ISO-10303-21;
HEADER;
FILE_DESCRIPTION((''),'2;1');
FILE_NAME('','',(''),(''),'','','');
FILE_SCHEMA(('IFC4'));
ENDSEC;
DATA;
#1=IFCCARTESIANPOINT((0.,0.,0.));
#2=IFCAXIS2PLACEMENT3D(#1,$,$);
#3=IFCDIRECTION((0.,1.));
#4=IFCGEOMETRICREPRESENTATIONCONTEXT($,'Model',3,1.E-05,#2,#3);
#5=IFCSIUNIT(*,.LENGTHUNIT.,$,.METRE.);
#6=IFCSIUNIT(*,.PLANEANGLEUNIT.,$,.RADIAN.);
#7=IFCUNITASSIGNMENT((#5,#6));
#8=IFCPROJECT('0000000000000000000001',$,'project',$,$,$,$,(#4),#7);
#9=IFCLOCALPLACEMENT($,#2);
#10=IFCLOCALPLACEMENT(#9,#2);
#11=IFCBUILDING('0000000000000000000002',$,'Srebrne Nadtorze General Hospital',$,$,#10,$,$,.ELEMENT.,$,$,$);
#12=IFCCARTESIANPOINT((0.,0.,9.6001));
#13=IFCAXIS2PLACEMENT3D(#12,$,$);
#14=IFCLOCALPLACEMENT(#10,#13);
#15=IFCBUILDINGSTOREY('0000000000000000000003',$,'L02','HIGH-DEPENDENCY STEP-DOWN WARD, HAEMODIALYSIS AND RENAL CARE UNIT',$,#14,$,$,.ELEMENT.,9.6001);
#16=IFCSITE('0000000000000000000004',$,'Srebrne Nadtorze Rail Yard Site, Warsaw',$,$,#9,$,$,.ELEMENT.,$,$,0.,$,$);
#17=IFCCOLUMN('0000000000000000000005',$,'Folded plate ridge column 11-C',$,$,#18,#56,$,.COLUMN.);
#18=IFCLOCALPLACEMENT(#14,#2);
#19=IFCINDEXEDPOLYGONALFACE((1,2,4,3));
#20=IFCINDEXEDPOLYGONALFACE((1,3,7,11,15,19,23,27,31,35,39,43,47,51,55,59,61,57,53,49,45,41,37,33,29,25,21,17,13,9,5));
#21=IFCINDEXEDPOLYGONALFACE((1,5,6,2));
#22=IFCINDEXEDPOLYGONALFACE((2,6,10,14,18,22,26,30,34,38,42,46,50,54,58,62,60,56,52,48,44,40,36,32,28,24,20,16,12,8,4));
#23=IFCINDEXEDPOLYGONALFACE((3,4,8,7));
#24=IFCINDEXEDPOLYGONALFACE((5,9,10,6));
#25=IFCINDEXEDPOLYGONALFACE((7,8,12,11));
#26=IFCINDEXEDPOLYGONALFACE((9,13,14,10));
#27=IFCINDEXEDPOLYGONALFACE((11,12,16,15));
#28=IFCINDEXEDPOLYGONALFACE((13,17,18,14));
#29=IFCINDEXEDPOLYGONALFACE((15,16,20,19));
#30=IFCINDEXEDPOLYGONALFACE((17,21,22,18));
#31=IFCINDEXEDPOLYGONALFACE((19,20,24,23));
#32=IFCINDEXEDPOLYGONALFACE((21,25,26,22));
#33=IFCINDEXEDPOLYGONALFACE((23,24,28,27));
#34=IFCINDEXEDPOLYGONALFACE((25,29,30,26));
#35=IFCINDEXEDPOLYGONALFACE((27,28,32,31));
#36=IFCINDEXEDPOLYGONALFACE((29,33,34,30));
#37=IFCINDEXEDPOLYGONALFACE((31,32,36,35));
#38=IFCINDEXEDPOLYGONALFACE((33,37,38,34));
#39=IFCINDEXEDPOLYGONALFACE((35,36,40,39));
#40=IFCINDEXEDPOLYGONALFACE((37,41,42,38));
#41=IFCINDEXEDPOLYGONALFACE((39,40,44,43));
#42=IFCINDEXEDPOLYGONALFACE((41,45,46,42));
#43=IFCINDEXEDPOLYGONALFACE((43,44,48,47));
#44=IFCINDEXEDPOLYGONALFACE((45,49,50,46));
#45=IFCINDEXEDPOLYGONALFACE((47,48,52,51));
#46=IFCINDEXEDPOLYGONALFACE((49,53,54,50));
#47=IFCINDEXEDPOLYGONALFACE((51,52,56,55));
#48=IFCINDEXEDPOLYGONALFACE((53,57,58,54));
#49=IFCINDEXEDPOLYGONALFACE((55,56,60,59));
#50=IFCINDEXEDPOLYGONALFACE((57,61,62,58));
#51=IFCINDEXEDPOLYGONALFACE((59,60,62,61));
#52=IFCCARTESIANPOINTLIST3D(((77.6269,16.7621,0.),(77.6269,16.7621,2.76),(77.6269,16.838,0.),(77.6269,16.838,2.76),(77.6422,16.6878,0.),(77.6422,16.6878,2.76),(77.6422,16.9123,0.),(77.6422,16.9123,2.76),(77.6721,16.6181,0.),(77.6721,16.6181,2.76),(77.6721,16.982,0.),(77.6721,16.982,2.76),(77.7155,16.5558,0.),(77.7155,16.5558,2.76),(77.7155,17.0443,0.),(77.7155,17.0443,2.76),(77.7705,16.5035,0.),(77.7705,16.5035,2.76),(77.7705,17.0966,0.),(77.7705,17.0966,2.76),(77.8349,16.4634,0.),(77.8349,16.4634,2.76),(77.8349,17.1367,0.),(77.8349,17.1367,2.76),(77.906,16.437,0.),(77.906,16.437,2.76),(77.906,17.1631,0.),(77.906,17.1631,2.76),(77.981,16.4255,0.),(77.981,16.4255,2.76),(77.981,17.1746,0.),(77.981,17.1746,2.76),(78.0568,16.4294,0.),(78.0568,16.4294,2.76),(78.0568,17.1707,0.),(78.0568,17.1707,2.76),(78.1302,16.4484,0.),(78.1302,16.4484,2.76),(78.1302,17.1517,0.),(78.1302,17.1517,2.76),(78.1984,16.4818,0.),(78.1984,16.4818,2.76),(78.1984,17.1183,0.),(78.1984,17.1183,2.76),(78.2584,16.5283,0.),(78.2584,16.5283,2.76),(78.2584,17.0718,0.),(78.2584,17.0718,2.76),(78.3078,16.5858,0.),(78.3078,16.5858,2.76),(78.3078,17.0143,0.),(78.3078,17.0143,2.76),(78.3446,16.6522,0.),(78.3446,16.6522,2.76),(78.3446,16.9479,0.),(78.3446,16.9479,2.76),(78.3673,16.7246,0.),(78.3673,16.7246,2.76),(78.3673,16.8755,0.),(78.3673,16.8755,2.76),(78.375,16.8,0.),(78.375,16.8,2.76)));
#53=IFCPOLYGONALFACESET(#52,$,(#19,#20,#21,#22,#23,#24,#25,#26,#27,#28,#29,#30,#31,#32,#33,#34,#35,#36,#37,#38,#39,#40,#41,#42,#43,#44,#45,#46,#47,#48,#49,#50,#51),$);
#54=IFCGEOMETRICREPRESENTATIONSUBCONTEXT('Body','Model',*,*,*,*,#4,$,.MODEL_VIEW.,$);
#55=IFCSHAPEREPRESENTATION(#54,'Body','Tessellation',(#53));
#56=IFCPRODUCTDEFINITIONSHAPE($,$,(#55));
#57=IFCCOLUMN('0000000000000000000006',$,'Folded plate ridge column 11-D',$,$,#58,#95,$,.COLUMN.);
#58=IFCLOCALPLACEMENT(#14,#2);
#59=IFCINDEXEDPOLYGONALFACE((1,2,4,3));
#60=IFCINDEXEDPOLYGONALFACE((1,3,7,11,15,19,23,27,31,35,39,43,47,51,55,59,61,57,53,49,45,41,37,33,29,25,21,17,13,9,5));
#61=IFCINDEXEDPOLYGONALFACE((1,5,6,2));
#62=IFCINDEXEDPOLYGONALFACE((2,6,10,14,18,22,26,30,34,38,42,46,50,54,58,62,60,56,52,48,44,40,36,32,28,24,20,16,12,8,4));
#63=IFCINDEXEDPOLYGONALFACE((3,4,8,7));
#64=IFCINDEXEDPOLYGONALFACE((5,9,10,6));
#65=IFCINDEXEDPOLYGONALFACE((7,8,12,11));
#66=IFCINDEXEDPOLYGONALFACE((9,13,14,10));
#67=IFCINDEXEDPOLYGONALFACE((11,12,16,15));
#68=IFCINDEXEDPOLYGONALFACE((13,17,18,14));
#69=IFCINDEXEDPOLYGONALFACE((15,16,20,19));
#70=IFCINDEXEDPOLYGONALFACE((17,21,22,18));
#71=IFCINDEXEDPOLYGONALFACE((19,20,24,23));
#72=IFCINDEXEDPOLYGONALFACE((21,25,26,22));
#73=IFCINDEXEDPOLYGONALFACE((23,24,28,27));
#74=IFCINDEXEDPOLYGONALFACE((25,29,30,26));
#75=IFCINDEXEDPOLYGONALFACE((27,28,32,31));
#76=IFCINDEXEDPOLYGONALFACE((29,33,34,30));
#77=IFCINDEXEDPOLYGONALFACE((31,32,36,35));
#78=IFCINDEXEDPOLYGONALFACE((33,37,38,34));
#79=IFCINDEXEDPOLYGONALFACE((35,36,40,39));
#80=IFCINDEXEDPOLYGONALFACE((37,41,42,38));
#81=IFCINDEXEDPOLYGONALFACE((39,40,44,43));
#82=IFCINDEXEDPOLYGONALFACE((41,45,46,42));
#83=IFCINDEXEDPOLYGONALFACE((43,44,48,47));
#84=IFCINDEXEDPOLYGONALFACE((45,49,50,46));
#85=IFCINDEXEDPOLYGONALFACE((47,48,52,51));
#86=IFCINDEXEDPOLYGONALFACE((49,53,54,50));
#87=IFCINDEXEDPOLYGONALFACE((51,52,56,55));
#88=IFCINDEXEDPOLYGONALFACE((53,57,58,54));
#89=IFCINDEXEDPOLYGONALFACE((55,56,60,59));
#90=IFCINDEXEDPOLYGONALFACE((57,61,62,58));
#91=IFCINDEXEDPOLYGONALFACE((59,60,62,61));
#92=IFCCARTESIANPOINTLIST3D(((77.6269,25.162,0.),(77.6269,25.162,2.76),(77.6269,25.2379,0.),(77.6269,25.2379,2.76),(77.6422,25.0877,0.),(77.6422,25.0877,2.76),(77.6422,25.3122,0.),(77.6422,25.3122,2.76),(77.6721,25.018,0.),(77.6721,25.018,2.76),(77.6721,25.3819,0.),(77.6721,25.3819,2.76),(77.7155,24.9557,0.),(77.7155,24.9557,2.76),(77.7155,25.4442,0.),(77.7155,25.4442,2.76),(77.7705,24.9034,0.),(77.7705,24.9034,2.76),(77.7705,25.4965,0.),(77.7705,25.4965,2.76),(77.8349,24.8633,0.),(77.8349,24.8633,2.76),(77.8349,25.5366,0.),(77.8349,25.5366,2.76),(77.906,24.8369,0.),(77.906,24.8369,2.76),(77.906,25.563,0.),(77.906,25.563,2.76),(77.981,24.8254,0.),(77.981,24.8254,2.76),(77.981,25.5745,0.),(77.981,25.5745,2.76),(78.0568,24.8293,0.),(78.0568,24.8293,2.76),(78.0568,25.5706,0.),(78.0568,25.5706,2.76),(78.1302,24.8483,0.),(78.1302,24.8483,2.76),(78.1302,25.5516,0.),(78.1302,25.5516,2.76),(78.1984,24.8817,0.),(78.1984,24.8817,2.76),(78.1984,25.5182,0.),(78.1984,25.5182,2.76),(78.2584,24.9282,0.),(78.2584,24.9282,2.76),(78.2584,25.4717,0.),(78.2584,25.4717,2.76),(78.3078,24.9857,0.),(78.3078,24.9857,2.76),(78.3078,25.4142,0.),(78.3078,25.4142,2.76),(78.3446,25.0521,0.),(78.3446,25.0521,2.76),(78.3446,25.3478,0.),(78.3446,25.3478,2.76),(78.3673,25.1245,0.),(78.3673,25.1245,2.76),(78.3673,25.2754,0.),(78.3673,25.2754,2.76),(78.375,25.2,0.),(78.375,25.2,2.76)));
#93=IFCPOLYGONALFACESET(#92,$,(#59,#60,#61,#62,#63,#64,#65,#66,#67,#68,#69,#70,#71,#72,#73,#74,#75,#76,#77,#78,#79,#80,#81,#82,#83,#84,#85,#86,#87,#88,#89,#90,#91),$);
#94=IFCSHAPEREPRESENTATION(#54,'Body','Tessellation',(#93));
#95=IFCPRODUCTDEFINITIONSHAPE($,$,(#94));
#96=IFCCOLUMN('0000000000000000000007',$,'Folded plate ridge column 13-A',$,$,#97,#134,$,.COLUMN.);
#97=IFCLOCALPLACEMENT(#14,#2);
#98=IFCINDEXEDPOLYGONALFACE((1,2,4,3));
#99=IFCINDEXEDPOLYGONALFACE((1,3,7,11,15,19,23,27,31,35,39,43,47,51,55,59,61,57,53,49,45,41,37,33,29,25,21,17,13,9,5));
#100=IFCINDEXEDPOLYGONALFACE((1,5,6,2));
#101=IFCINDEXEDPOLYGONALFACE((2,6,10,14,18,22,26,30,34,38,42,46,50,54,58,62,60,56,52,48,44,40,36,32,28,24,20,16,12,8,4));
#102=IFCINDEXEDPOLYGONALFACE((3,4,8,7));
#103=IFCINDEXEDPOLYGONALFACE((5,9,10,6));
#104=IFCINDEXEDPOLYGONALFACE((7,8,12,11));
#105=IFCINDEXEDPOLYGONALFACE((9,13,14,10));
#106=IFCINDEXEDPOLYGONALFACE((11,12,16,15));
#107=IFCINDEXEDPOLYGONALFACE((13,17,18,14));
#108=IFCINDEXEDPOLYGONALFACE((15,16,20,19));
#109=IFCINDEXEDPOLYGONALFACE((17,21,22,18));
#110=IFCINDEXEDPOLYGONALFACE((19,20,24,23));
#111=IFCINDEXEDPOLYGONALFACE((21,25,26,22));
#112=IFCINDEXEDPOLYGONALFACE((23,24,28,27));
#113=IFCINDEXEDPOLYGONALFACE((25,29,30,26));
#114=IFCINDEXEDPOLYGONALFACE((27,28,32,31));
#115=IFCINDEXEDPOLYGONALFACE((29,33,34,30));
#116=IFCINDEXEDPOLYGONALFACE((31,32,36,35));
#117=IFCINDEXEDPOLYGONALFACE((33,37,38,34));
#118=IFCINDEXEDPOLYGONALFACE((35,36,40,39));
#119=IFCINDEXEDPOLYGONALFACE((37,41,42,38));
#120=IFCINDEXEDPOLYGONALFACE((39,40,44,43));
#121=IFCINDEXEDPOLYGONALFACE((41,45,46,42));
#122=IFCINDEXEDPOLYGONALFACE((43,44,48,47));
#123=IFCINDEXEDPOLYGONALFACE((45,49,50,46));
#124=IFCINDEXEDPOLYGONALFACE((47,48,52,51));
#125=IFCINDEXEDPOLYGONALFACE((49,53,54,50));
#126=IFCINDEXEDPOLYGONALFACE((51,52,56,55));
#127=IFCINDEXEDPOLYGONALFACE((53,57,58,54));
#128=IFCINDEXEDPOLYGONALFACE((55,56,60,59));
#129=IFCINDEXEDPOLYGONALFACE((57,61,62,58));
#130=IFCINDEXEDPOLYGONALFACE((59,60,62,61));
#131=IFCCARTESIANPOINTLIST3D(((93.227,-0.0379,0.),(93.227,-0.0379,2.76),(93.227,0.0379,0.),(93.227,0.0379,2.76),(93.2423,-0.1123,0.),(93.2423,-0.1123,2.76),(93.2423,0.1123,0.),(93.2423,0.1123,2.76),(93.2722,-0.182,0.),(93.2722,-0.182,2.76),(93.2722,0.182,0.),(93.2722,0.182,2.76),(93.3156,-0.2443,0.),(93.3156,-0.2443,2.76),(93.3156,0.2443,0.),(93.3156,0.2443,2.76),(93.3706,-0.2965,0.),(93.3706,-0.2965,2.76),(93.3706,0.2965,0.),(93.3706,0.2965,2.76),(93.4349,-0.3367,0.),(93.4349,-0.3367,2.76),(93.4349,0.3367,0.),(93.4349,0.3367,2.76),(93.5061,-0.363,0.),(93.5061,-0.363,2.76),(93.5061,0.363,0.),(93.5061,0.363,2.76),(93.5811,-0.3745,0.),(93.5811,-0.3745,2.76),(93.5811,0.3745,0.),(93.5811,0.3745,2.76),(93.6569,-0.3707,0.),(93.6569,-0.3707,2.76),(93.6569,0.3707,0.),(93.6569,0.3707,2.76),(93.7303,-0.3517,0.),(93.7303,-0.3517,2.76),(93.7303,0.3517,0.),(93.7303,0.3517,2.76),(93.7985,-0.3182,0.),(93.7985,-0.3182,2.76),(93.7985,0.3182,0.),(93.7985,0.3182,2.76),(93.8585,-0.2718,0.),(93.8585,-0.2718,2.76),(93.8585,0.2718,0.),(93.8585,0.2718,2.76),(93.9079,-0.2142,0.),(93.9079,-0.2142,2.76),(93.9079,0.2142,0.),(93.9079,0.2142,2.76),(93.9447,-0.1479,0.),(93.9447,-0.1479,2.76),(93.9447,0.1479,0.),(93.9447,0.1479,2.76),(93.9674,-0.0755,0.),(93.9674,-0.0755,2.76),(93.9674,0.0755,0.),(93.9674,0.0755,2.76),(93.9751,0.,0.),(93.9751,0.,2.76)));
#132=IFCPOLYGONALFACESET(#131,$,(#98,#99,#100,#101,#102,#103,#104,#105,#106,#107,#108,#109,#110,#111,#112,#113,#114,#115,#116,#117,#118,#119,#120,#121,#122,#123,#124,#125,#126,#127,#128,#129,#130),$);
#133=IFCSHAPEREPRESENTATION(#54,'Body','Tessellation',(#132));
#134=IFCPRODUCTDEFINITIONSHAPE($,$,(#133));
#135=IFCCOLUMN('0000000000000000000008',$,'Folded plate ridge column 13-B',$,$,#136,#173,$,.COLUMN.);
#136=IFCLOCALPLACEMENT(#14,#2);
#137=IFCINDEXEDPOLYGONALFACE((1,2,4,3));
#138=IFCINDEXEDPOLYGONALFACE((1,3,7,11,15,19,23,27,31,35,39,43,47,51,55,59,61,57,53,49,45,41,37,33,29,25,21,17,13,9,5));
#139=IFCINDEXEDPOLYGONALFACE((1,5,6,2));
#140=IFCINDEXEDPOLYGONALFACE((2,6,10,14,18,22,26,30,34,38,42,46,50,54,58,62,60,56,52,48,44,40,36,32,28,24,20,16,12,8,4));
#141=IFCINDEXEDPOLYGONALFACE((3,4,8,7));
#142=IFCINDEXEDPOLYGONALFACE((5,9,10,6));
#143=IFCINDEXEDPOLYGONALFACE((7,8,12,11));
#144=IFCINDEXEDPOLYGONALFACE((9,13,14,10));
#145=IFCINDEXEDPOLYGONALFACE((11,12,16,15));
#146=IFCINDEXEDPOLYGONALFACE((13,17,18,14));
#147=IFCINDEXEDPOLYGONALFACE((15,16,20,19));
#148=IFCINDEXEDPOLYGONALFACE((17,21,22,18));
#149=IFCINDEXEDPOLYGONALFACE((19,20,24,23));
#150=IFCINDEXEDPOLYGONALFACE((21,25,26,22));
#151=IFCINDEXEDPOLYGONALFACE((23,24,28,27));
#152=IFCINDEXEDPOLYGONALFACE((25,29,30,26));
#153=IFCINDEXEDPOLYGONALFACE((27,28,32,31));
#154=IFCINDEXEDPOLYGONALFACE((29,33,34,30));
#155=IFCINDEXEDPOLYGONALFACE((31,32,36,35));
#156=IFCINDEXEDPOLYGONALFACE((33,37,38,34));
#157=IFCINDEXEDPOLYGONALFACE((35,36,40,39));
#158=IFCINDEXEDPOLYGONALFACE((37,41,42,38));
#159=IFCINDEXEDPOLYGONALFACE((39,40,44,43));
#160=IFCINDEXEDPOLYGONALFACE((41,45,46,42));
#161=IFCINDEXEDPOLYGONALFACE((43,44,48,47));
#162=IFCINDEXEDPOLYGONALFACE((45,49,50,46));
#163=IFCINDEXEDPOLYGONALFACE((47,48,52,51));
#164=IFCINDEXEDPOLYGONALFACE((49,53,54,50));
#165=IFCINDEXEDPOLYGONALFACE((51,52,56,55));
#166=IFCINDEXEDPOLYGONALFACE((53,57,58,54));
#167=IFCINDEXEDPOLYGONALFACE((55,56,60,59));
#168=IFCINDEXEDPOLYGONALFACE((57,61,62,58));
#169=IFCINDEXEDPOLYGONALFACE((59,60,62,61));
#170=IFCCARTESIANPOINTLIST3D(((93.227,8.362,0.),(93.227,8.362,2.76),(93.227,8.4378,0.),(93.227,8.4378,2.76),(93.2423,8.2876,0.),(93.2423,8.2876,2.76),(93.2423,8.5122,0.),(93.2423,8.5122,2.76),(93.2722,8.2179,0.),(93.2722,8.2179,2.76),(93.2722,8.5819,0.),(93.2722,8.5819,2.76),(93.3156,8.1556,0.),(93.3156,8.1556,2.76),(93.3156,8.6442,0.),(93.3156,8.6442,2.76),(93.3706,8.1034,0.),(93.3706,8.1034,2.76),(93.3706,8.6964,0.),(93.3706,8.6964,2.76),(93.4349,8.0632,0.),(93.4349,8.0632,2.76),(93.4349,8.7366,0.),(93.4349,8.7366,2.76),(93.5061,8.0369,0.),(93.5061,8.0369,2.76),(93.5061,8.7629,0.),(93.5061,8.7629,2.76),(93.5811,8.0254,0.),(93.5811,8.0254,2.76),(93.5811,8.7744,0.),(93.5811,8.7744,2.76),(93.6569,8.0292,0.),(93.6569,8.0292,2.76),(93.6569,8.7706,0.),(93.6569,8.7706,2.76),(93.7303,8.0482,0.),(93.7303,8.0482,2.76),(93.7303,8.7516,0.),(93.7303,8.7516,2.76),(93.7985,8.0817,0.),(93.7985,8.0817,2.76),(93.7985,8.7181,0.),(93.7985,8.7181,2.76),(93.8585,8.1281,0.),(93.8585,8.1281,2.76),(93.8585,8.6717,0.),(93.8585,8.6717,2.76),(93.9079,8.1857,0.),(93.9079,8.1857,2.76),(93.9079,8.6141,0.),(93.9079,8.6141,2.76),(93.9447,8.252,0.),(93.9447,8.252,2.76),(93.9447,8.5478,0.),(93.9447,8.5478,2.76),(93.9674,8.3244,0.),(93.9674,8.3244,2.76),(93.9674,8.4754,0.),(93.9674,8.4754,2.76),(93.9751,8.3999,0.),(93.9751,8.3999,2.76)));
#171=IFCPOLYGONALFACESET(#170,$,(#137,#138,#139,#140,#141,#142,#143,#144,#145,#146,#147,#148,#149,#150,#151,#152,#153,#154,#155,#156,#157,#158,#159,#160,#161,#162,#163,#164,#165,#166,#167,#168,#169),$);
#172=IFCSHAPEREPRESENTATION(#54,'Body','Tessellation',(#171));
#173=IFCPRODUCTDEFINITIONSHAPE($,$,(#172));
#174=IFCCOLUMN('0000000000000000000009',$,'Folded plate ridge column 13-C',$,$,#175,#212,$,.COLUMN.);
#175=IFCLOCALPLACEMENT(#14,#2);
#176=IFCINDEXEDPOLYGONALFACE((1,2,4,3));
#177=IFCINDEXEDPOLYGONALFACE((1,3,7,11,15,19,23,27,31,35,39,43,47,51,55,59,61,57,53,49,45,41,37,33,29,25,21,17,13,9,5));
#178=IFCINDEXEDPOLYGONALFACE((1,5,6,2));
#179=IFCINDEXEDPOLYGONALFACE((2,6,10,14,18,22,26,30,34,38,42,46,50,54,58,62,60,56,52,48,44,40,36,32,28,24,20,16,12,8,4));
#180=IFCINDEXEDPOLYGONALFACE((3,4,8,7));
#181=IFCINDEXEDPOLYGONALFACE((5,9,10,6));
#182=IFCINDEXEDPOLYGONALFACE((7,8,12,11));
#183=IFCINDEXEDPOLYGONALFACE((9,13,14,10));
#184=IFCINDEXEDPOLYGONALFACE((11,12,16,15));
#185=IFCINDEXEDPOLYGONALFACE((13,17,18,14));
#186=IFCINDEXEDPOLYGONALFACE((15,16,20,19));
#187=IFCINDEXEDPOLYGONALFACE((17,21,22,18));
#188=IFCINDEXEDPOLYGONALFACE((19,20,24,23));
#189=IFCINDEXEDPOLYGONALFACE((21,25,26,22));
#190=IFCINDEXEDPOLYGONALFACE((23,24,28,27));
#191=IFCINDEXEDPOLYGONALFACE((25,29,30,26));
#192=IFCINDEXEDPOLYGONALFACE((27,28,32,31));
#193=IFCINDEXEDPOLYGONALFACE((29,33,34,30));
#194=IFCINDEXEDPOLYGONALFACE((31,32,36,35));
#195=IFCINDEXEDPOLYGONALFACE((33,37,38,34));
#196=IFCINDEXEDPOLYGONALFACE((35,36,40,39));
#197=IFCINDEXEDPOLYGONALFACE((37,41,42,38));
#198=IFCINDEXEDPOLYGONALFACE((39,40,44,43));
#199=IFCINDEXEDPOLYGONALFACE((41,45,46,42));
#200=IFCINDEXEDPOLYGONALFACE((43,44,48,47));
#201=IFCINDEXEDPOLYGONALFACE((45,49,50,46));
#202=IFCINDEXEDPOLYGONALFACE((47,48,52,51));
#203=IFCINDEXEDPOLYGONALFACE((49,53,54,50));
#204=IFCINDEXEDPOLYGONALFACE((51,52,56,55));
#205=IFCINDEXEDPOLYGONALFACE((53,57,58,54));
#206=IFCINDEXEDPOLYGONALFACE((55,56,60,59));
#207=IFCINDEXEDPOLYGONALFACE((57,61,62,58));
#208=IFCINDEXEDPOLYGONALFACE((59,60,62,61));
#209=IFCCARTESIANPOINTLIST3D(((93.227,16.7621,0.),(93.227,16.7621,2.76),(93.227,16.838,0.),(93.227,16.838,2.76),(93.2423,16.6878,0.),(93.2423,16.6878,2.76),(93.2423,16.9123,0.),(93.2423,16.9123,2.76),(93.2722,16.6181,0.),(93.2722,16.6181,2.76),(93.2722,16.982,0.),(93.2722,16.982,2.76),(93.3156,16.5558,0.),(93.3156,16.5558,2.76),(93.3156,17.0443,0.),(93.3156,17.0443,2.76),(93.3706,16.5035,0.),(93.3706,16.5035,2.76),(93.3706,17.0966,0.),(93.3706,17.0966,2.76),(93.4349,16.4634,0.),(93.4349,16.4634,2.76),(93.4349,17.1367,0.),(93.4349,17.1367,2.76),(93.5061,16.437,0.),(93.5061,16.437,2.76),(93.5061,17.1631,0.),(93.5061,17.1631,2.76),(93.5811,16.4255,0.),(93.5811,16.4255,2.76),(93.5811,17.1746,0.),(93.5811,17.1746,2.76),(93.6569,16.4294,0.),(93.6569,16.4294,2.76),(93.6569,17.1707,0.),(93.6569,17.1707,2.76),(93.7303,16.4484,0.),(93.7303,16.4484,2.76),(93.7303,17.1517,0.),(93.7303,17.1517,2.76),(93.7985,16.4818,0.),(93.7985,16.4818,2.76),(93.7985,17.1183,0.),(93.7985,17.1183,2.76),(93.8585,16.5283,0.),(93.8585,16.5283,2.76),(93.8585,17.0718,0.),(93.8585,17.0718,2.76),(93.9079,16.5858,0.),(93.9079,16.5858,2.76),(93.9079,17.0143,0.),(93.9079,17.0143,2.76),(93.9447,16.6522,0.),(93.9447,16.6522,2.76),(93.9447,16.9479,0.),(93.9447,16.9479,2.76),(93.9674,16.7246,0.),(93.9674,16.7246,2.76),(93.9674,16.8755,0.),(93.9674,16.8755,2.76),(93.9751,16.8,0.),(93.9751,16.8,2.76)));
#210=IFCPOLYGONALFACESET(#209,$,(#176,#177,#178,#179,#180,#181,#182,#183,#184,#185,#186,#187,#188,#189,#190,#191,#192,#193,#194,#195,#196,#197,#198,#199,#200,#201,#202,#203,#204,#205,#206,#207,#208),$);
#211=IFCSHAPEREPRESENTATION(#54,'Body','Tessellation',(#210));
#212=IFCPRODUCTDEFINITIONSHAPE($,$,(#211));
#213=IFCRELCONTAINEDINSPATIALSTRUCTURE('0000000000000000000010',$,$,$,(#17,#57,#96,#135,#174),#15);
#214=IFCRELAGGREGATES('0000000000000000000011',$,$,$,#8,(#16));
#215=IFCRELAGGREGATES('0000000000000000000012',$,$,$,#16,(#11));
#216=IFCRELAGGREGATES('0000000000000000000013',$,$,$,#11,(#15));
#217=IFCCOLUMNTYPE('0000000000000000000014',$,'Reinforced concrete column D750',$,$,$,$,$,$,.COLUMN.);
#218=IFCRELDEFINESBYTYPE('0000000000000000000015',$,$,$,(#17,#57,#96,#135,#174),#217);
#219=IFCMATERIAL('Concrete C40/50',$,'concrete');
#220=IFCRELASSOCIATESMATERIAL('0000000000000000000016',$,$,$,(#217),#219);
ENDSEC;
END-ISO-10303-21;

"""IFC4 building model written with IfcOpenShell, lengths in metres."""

from ifc_helpers import new_model, si_unit, direction, frame, origin, origin_2d, place, context, subcontext, project, spatial, circle, extrude, material, material_profile, profile_set, type_object, element, save


model = new_model("IFC4")

# Units and contexts
model_context = context("Model", 3, precision=1e-05, world=origin(), true_north=direction((0.0, 1.0)))
body_context = subcontext(model_context, "Body", "Model", "MODEL_VIEW")
ifc_project = project(units=[si_unit("LENGTHUNIT", "METRE"), si_unit("PLANEANGLEUNIT", "RADIAN")], contexts=[model_context])

# Site, building, storey
site_placement = place(None, origin())
site = spatial("IfcSite", under=ifc_project, at=site_placement, Name="Srebrne Nadtorze Rail Yard Site, Warsaw", CompositionType="ELEMENT", RefElevation=0.0)
building_placement = place(site_placement, origin())
building = spatial("IfcBuilding", under=site, at=building_placement, Name="Srebrne Nadtorze General Hospital", CompositionType="ELEMENT")
storey_placement = place(building_placement, frame((0.0, 0.0, 9.6001)))
storey = spatial("IfcBuildingStorey", under=building, at=storey_placement, Name="L02", Description="HIGH-DEPENDENCY STEP-DOWN WARD, HAEMODIALYSIS AND RENAL CARE UNIT", CompositionType="ELEMENT", Elevation=9.6001)

# Columns
ifc_material_1 = material(Name="Concrete C40/50", Category="concrete")
ifc_material_profile_1 = material_profile(ifc_material_1, circle(Radius=0.375, at=origin_2d()), Name="RC-COL-D750")
ifc_profile_set_1 = profile_set([ifc_material_profile_1], Name="Concrete C40/50")
column_type_1 = type_object("IfcColumnType", Name="Reinforced concrete column D750", PredefinedType="COLUMN", material=ifc_profile_set_1)
for number, where, z_axis, x_axis, name in (
    (1, (78.0, 16.8, 0.0), (0.0, 0.0, 1.0), (1.0, 0.0, 0.0), "Folded plate ridge column 11-C"),
    (2, (78.0, 25.2, 0.0), (0.0, 0.0, 1.0), (1.0, 0.0, 0.0), "Folded plate ridge column 11-D"),
    (3, (93.6001, 0.0, 0.0), (0.0, 0.0, 1.0), (1.0, 0.0, 0.0), "Folded plate ridge column 13-A"),
    (4, (93.6001, 8.3999, 0.0), (0.0, 0.0, 1.0), (1.0, 0.0, 0.0), "Folded plate ridge column 13-B"),
    (5, (93.6001, 16.8, 0.0), (0.0, 0.0, 1.0), (1.0, 0.0, 0.0), "Folded plate ridge column 13-C"),
):
    element("IfcColumn", number, at=place(storey_placement, frame(where, z_axis=z_axis, x_axis=x_axis)), inside=storey, type_object=column_type_1, Name=name, PredefinedType="COLUMN", context=body_context, shape_type="SweptSolid", body=[
        extrude(circle(Radius=0.375, at=origin_2d()), origin(), (0.0, 0.0, 1.0), 2.76),
    ])

save(model, "model.ifc")
